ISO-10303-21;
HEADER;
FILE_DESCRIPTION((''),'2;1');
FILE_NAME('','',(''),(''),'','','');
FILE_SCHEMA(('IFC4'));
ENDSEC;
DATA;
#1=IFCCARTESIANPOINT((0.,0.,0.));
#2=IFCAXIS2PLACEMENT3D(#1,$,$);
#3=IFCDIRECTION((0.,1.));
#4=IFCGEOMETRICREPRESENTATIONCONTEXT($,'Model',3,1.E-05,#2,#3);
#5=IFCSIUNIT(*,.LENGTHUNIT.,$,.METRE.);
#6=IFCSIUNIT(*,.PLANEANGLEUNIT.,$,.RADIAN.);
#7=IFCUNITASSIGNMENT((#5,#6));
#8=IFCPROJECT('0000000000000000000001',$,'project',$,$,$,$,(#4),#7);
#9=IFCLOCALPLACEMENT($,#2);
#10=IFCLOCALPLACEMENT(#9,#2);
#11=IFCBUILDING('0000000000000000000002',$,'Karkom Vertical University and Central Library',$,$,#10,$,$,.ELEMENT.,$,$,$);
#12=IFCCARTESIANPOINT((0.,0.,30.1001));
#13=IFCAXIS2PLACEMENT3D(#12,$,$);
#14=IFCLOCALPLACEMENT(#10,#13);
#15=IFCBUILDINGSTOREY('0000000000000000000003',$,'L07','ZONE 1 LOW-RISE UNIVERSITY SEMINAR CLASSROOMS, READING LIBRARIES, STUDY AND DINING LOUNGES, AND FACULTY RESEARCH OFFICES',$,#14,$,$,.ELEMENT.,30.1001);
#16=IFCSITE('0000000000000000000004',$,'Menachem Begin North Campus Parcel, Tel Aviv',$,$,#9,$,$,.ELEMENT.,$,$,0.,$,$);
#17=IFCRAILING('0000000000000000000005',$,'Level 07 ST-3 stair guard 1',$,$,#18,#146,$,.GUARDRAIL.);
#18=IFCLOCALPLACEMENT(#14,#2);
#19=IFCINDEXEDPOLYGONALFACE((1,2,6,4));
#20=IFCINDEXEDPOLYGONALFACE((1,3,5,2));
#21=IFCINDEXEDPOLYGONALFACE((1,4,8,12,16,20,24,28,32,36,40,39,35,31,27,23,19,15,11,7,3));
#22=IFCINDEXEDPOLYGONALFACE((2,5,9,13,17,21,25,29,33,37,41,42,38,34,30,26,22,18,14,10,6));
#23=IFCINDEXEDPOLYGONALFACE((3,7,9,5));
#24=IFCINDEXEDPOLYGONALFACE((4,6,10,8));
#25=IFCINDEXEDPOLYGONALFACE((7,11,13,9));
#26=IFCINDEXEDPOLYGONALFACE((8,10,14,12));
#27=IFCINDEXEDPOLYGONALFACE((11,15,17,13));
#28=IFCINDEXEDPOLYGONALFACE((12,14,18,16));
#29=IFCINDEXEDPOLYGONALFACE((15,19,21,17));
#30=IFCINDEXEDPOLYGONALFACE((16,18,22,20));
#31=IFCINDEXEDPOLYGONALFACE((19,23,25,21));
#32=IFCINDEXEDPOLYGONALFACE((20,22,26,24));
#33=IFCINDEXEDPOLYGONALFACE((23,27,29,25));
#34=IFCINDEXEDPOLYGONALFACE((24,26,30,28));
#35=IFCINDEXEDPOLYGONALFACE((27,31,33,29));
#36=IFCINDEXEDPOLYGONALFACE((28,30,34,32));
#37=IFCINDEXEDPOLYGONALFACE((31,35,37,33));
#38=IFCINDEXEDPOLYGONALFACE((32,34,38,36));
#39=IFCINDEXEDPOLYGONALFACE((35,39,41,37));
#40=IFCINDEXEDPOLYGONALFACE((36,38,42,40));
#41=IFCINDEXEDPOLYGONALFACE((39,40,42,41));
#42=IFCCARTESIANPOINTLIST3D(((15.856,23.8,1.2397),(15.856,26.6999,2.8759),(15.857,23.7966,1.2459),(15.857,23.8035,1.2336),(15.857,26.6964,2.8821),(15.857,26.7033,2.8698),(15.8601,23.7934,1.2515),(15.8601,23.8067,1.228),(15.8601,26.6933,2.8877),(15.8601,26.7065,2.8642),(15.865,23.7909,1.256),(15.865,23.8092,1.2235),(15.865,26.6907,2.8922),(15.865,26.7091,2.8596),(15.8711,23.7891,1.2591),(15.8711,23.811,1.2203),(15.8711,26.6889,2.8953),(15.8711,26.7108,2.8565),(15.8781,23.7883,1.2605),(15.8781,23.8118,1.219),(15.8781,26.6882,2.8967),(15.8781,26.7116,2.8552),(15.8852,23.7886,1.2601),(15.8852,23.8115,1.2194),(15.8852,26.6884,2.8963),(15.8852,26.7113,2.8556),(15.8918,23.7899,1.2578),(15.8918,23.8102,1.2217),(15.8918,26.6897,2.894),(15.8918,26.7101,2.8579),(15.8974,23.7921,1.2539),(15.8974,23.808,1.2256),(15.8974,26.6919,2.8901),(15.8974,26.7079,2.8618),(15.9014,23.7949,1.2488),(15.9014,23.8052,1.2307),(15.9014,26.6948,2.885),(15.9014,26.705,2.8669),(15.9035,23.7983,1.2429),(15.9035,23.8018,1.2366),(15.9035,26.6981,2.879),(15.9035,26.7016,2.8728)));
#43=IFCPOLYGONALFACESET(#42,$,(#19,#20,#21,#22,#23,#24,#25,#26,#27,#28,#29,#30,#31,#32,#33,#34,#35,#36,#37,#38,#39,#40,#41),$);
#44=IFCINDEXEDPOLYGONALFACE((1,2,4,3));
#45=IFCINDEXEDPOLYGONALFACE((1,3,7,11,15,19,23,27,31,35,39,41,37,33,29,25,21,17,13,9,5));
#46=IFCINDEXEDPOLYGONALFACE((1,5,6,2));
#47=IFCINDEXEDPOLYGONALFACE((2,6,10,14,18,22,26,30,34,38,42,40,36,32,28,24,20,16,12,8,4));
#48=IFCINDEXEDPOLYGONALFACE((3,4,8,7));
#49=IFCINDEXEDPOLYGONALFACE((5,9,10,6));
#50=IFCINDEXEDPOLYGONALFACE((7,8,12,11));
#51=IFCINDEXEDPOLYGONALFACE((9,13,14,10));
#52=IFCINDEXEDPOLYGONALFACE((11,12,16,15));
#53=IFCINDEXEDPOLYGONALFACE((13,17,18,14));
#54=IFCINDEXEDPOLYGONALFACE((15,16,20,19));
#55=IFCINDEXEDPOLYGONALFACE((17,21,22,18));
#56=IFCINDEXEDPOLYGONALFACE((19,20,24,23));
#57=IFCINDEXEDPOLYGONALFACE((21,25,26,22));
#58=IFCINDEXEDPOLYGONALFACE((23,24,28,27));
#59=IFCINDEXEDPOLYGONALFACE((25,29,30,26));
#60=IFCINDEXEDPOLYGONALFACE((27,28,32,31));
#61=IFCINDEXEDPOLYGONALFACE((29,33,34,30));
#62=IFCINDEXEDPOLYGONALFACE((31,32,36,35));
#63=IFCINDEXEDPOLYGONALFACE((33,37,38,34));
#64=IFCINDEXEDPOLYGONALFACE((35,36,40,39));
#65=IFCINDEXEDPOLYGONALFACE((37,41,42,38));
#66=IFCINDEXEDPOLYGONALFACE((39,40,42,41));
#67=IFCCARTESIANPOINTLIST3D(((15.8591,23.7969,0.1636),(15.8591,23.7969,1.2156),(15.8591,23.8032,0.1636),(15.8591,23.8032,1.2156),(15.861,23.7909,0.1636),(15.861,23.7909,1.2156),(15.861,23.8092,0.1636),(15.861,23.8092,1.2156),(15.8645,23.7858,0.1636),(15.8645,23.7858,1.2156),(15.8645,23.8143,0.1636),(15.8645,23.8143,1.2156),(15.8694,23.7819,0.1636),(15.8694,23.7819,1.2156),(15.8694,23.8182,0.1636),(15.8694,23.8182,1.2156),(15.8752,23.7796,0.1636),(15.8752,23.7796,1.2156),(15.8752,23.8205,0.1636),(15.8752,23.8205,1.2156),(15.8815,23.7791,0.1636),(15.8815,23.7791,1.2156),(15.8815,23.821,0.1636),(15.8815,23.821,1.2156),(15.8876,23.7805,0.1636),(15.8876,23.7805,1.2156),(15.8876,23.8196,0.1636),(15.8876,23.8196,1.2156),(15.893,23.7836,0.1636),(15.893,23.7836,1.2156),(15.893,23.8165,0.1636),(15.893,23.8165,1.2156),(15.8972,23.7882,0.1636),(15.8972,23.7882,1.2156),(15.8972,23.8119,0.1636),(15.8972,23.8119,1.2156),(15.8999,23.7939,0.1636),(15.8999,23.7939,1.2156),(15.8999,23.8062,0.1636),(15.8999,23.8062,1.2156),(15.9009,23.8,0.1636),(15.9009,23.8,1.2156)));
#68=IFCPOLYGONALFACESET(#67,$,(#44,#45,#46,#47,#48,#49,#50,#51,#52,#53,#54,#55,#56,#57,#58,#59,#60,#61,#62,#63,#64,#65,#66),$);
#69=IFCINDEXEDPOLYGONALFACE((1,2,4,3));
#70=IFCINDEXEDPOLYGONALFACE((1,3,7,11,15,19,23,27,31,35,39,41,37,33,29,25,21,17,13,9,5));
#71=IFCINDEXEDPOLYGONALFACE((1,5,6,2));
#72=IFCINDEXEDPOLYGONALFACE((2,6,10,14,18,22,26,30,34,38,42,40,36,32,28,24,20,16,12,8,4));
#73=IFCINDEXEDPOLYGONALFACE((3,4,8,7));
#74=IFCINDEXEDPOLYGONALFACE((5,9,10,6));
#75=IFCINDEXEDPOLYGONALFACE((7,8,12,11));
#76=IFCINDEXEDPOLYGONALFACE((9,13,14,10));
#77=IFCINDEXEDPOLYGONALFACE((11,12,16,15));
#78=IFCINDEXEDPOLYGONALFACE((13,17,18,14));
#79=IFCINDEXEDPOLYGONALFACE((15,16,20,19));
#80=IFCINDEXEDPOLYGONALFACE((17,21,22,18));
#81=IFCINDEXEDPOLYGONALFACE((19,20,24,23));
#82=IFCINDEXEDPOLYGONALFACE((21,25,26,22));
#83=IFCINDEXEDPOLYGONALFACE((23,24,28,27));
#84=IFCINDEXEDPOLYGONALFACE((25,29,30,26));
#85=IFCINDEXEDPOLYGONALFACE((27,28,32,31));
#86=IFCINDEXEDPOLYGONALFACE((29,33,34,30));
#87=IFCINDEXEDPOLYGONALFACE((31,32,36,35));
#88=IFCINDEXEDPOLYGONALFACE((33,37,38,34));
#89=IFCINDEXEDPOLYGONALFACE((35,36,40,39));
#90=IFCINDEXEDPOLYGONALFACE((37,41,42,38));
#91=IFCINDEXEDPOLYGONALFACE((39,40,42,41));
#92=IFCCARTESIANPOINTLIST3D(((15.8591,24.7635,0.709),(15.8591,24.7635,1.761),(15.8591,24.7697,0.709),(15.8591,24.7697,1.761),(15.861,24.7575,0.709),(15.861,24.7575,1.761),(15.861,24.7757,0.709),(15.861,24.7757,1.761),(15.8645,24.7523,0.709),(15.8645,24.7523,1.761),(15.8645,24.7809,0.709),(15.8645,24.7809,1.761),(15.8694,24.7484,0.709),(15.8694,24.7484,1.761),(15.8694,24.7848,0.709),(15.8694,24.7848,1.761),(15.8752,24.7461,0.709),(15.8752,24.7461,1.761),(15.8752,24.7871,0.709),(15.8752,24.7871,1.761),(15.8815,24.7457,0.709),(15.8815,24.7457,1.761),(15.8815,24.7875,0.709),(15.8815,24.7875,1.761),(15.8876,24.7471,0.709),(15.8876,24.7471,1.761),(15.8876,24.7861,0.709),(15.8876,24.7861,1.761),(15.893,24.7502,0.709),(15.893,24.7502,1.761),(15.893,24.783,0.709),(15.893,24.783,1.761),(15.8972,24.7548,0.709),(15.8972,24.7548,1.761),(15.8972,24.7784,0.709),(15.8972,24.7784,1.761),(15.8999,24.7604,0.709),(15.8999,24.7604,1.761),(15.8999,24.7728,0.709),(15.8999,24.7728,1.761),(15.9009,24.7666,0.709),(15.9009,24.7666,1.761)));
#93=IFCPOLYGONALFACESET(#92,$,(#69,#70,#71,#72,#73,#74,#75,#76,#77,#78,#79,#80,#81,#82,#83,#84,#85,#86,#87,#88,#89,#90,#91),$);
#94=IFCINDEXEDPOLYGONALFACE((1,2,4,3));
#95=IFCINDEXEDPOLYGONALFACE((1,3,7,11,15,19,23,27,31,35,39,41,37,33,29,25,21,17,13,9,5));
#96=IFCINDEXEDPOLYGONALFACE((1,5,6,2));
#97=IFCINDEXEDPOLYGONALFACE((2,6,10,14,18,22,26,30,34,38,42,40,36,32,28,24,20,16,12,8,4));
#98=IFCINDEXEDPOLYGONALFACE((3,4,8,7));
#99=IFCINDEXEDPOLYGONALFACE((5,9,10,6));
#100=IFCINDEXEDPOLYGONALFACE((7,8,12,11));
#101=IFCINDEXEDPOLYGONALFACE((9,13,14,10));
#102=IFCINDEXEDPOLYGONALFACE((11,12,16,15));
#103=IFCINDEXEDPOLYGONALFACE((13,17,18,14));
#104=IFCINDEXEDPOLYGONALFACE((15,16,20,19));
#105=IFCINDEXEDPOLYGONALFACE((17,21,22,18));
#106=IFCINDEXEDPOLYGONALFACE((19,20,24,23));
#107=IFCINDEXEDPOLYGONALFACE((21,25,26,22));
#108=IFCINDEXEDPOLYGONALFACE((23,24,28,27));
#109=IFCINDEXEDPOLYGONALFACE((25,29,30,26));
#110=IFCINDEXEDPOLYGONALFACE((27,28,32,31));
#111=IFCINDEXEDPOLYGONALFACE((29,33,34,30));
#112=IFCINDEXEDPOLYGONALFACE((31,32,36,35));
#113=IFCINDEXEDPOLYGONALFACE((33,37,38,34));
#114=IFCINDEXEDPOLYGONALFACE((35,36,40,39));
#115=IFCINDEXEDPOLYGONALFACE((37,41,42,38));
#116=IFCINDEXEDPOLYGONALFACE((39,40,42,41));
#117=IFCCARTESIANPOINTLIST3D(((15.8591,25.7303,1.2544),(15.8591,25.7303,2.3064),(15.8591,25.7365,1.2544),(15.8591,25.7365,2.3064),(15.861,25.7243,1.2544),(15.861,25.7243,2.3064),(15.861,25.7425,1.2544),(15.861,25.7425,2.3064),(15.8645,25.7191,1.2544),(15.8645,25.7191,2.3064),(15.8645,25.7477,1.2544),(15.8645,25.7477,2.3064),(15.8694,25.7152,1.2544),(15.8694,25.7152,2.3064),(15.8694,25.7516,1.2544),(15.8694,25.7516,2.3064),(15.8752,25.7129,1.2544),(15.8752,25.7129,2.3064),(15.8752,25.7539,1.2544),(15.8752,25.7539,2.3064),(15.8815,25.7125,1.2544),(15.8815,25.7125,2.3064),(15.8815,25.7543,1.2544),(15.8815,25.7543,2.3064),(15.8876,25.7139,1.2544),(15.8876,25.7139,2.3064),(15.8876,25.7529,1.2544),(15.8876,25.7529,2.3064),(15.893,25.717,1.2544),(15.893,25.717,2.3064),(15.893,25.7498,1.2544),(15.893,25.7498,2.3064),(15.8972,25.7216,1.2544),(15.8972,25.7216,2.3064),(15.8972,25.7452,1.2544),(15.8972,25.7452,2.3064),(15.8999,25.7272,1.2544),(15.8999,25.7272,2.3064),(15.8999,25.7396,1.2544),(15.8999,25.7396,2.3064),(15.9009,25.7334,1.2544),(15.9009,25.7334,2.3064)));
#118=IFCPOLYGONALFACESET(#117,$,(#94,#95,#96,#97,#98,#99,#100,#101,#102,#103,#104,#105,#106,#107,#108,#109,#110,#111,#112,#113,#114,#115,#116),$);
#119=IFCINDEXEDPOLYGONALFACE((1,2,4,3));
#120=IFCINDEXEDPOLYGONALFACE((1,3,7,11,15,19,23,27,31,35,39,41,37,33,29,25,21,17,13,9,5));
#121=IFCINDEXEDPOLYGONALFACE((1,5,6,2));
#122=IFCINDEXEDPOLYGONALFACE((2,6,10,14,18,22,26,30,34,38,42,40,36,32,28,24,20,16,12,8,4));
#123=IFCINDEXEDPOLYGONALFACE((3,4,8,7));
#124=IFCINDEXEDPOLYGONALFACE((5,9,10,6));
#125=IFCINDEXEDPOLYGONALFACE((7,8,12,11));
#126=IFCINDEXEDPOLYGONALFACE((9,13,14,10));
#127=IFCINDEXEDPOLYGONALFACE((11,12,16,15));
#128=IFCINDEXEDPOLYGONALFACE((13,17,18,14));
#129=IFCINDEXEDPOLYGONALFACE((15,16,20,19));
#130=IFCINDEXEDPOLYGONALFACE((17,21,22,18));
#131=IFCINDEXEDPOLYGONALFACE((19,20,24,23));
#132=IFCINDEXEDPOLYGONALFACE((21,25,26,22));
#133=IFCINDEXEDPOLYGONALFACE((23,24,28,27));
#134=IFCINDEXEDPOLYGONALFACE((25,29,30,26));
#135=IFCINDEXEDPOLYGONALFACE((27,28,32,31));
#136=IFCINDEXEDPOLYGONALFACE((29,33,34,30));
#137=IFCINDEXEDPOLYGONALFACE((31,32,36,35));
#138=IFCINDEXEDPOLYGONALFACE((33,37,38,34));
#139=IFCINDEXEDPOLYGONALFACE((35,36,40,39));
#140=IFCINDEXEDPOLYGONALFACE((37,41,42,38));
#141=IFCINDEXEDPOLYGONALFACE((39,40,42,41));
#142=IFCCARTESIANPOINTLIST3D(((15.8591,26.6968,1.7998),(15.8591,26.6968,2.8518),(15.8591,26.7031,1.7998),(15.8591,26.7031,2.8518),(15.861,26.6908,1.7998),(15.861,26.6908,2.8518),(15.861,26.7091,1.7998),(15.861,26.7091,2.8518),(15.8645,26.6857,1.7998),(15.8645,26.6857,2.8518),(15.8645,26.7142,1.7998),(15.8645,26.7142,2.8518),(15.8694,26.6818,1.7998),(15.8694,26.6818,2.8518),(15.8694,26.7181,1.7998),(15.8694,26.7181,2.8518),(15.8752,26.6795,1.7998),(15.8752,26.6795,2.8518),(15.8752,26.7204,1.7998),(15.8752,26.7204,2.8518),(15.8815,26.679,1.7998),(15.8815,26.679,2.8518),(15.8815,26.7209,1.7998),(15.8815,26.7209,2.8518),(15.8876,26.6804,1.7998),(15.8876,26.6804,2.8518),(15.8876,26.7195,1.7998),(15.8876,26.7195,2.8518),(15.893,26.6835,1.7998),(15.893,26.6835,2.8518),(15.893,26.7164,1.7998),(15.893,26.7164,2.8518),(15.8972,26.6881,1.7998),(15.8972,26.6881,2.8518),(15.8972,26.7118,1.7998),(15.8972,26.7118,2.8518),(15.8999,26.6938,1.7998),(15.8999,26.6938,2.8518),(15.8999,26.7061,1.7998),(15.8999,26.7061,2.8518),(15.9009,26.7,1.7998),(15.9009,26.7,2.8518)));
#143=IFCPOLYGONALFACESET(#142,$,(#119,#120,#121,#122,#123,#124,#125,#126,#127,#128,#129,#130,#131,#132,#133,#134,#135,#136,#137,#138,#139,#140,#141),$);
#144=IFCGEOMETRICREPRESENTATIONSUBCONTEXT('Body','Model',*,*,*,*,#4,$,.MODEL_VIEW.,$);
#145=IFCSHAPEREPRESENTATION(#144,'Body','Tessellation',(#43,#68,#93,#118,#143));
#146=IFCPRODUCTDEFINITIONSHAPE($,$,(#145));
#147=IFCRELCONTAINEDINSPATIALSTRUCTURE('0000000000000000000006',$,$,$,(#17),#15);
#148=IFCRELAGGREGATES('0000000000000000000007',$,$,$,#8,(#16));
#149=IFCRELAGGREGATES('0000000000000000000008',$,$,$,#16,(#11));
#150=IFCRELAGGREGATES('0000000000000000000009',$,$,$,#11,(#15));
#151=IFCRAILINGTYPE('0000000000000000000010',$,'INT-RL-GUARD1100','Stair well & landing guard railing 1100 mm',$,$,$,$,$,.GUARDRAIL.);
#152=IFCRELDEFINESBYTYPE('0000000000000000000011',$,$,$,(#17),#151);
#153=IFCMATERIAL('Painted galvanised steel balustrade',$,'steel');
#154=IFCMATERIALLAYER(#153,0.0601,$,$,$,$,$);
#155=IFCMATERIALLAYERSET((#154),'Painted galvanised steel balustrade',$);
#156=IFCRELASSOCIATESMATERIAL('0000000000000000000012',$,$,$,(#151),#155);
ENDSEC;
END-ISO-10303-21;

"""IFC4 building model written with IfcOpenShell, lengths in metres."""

from ifc_helpers import new_model, si_unit, direction, frame, origin, origin_2d, place, context, subcontext, project, spatial, circle, extrude, material, layer, layer_set, type_object, element, save


model = new_model("IFC4")

# Units and contexts
model_context = context("Model", 3, precision=1e-05, world=origin(), true_north=direction((0.0, 1.0)))
body_context = subcontext(model_context, "Body", "Model", "MODEL_VIEW")
ifc_project = project(units=[si_unit("LENGTHUNIT", "METRE"), si_unit("PLANEANGLEUNIT", "RADIAN")], contexts=[model_context])

# Site, building, storey
site_placement = place(None, origin())
site = spatial("IfcSite", under=ifc_project, at=site_placement, Name="Menachem Begin North Campus Parcel, Tel Aviv", CompositionType="ELEMENT", RefElevation=0.0)
building_placement = place(site_placement, origin())
building = spatial("IfcBuilding", under=site, at=building_placement, Name="Karkom Vertical University and Central Library", CompositionType="ELEMENT")
storey_placement = place(building_placement, frame((0.0, 0.0, 30.1001)))
storey = spatial("IfcBuildingStorey", under=building, at=storey_placement, Name="L07", Description="ZONE 1 LOW-RISE UNIVERSITY SEMINAR CLASSROOMS, READING LIBRARIES, STUDY AND DINING LOUNGES, AND FACULTY RESEARCH OFFICES", CompositionType="ELEMENT", Elevation=30.1001)

# Railing
ifc_material_1 = material(Name="Painted galvanised steel balustrade", Category="steel")
ifc_layer_1 = layer(ifc_material_1, 0.0601)
ifc_layer_set_1 = layer_set([ifc_layer_1], Name="Painted galvanised steel balustrade")
railing_type_1 = type_object("IfcRailingType", Name="INT-RL-GUARD1100", Description="Stair well & landing guard railing 1100 mm", PredefinedType="GUARDRAIL", material=ifc_layer_set_1)
railing_1_placement = place(storey_placement, frame((15.8799, 23.8, 0.1636)))
element("IfcRailing", 1, at=railing_1_placement, inside=storey, type_object=railing_type_1, Name="Level 07 ST-3 stair guard 1", PredefinedType="GUARDRAIL", context=body_context, shape_type="SweptSolid", body=[
    extrude(circle(Radius=0.0239, at=origin_2d()), frame((0.0, 0.0, 1.0762), z_axis=(0.0, 0.870929, 0.49141), x_axis=(-1.0, 0.0, 0.0)), (0.0, 0.0, 1.0), 3.3296),
    extrude(circle(Radius=0.021, at=origin_2d()), origin(), (0.0, 0.0, 1.0), 1.052),
    extrude(circle(Radius=0.021, at=origin_2d()), frame((0.0, 0.9666, 0.5454)), (0.0, 0.0, 1.0), 1.052),
    extrude(circle(Radius=0.021, at=origin_2d()), frame((0.0, 1.9333, 1.0908)), (0.0, 0.0, 1.0), 1.052),
    extrude(circle(Radius=0.021, at=origin_2d()), frame((0.0, 2.8999, 1.6362)), (0.0, 0.0, 1.0), 1.052),
])

save(model, "model.ifc")
